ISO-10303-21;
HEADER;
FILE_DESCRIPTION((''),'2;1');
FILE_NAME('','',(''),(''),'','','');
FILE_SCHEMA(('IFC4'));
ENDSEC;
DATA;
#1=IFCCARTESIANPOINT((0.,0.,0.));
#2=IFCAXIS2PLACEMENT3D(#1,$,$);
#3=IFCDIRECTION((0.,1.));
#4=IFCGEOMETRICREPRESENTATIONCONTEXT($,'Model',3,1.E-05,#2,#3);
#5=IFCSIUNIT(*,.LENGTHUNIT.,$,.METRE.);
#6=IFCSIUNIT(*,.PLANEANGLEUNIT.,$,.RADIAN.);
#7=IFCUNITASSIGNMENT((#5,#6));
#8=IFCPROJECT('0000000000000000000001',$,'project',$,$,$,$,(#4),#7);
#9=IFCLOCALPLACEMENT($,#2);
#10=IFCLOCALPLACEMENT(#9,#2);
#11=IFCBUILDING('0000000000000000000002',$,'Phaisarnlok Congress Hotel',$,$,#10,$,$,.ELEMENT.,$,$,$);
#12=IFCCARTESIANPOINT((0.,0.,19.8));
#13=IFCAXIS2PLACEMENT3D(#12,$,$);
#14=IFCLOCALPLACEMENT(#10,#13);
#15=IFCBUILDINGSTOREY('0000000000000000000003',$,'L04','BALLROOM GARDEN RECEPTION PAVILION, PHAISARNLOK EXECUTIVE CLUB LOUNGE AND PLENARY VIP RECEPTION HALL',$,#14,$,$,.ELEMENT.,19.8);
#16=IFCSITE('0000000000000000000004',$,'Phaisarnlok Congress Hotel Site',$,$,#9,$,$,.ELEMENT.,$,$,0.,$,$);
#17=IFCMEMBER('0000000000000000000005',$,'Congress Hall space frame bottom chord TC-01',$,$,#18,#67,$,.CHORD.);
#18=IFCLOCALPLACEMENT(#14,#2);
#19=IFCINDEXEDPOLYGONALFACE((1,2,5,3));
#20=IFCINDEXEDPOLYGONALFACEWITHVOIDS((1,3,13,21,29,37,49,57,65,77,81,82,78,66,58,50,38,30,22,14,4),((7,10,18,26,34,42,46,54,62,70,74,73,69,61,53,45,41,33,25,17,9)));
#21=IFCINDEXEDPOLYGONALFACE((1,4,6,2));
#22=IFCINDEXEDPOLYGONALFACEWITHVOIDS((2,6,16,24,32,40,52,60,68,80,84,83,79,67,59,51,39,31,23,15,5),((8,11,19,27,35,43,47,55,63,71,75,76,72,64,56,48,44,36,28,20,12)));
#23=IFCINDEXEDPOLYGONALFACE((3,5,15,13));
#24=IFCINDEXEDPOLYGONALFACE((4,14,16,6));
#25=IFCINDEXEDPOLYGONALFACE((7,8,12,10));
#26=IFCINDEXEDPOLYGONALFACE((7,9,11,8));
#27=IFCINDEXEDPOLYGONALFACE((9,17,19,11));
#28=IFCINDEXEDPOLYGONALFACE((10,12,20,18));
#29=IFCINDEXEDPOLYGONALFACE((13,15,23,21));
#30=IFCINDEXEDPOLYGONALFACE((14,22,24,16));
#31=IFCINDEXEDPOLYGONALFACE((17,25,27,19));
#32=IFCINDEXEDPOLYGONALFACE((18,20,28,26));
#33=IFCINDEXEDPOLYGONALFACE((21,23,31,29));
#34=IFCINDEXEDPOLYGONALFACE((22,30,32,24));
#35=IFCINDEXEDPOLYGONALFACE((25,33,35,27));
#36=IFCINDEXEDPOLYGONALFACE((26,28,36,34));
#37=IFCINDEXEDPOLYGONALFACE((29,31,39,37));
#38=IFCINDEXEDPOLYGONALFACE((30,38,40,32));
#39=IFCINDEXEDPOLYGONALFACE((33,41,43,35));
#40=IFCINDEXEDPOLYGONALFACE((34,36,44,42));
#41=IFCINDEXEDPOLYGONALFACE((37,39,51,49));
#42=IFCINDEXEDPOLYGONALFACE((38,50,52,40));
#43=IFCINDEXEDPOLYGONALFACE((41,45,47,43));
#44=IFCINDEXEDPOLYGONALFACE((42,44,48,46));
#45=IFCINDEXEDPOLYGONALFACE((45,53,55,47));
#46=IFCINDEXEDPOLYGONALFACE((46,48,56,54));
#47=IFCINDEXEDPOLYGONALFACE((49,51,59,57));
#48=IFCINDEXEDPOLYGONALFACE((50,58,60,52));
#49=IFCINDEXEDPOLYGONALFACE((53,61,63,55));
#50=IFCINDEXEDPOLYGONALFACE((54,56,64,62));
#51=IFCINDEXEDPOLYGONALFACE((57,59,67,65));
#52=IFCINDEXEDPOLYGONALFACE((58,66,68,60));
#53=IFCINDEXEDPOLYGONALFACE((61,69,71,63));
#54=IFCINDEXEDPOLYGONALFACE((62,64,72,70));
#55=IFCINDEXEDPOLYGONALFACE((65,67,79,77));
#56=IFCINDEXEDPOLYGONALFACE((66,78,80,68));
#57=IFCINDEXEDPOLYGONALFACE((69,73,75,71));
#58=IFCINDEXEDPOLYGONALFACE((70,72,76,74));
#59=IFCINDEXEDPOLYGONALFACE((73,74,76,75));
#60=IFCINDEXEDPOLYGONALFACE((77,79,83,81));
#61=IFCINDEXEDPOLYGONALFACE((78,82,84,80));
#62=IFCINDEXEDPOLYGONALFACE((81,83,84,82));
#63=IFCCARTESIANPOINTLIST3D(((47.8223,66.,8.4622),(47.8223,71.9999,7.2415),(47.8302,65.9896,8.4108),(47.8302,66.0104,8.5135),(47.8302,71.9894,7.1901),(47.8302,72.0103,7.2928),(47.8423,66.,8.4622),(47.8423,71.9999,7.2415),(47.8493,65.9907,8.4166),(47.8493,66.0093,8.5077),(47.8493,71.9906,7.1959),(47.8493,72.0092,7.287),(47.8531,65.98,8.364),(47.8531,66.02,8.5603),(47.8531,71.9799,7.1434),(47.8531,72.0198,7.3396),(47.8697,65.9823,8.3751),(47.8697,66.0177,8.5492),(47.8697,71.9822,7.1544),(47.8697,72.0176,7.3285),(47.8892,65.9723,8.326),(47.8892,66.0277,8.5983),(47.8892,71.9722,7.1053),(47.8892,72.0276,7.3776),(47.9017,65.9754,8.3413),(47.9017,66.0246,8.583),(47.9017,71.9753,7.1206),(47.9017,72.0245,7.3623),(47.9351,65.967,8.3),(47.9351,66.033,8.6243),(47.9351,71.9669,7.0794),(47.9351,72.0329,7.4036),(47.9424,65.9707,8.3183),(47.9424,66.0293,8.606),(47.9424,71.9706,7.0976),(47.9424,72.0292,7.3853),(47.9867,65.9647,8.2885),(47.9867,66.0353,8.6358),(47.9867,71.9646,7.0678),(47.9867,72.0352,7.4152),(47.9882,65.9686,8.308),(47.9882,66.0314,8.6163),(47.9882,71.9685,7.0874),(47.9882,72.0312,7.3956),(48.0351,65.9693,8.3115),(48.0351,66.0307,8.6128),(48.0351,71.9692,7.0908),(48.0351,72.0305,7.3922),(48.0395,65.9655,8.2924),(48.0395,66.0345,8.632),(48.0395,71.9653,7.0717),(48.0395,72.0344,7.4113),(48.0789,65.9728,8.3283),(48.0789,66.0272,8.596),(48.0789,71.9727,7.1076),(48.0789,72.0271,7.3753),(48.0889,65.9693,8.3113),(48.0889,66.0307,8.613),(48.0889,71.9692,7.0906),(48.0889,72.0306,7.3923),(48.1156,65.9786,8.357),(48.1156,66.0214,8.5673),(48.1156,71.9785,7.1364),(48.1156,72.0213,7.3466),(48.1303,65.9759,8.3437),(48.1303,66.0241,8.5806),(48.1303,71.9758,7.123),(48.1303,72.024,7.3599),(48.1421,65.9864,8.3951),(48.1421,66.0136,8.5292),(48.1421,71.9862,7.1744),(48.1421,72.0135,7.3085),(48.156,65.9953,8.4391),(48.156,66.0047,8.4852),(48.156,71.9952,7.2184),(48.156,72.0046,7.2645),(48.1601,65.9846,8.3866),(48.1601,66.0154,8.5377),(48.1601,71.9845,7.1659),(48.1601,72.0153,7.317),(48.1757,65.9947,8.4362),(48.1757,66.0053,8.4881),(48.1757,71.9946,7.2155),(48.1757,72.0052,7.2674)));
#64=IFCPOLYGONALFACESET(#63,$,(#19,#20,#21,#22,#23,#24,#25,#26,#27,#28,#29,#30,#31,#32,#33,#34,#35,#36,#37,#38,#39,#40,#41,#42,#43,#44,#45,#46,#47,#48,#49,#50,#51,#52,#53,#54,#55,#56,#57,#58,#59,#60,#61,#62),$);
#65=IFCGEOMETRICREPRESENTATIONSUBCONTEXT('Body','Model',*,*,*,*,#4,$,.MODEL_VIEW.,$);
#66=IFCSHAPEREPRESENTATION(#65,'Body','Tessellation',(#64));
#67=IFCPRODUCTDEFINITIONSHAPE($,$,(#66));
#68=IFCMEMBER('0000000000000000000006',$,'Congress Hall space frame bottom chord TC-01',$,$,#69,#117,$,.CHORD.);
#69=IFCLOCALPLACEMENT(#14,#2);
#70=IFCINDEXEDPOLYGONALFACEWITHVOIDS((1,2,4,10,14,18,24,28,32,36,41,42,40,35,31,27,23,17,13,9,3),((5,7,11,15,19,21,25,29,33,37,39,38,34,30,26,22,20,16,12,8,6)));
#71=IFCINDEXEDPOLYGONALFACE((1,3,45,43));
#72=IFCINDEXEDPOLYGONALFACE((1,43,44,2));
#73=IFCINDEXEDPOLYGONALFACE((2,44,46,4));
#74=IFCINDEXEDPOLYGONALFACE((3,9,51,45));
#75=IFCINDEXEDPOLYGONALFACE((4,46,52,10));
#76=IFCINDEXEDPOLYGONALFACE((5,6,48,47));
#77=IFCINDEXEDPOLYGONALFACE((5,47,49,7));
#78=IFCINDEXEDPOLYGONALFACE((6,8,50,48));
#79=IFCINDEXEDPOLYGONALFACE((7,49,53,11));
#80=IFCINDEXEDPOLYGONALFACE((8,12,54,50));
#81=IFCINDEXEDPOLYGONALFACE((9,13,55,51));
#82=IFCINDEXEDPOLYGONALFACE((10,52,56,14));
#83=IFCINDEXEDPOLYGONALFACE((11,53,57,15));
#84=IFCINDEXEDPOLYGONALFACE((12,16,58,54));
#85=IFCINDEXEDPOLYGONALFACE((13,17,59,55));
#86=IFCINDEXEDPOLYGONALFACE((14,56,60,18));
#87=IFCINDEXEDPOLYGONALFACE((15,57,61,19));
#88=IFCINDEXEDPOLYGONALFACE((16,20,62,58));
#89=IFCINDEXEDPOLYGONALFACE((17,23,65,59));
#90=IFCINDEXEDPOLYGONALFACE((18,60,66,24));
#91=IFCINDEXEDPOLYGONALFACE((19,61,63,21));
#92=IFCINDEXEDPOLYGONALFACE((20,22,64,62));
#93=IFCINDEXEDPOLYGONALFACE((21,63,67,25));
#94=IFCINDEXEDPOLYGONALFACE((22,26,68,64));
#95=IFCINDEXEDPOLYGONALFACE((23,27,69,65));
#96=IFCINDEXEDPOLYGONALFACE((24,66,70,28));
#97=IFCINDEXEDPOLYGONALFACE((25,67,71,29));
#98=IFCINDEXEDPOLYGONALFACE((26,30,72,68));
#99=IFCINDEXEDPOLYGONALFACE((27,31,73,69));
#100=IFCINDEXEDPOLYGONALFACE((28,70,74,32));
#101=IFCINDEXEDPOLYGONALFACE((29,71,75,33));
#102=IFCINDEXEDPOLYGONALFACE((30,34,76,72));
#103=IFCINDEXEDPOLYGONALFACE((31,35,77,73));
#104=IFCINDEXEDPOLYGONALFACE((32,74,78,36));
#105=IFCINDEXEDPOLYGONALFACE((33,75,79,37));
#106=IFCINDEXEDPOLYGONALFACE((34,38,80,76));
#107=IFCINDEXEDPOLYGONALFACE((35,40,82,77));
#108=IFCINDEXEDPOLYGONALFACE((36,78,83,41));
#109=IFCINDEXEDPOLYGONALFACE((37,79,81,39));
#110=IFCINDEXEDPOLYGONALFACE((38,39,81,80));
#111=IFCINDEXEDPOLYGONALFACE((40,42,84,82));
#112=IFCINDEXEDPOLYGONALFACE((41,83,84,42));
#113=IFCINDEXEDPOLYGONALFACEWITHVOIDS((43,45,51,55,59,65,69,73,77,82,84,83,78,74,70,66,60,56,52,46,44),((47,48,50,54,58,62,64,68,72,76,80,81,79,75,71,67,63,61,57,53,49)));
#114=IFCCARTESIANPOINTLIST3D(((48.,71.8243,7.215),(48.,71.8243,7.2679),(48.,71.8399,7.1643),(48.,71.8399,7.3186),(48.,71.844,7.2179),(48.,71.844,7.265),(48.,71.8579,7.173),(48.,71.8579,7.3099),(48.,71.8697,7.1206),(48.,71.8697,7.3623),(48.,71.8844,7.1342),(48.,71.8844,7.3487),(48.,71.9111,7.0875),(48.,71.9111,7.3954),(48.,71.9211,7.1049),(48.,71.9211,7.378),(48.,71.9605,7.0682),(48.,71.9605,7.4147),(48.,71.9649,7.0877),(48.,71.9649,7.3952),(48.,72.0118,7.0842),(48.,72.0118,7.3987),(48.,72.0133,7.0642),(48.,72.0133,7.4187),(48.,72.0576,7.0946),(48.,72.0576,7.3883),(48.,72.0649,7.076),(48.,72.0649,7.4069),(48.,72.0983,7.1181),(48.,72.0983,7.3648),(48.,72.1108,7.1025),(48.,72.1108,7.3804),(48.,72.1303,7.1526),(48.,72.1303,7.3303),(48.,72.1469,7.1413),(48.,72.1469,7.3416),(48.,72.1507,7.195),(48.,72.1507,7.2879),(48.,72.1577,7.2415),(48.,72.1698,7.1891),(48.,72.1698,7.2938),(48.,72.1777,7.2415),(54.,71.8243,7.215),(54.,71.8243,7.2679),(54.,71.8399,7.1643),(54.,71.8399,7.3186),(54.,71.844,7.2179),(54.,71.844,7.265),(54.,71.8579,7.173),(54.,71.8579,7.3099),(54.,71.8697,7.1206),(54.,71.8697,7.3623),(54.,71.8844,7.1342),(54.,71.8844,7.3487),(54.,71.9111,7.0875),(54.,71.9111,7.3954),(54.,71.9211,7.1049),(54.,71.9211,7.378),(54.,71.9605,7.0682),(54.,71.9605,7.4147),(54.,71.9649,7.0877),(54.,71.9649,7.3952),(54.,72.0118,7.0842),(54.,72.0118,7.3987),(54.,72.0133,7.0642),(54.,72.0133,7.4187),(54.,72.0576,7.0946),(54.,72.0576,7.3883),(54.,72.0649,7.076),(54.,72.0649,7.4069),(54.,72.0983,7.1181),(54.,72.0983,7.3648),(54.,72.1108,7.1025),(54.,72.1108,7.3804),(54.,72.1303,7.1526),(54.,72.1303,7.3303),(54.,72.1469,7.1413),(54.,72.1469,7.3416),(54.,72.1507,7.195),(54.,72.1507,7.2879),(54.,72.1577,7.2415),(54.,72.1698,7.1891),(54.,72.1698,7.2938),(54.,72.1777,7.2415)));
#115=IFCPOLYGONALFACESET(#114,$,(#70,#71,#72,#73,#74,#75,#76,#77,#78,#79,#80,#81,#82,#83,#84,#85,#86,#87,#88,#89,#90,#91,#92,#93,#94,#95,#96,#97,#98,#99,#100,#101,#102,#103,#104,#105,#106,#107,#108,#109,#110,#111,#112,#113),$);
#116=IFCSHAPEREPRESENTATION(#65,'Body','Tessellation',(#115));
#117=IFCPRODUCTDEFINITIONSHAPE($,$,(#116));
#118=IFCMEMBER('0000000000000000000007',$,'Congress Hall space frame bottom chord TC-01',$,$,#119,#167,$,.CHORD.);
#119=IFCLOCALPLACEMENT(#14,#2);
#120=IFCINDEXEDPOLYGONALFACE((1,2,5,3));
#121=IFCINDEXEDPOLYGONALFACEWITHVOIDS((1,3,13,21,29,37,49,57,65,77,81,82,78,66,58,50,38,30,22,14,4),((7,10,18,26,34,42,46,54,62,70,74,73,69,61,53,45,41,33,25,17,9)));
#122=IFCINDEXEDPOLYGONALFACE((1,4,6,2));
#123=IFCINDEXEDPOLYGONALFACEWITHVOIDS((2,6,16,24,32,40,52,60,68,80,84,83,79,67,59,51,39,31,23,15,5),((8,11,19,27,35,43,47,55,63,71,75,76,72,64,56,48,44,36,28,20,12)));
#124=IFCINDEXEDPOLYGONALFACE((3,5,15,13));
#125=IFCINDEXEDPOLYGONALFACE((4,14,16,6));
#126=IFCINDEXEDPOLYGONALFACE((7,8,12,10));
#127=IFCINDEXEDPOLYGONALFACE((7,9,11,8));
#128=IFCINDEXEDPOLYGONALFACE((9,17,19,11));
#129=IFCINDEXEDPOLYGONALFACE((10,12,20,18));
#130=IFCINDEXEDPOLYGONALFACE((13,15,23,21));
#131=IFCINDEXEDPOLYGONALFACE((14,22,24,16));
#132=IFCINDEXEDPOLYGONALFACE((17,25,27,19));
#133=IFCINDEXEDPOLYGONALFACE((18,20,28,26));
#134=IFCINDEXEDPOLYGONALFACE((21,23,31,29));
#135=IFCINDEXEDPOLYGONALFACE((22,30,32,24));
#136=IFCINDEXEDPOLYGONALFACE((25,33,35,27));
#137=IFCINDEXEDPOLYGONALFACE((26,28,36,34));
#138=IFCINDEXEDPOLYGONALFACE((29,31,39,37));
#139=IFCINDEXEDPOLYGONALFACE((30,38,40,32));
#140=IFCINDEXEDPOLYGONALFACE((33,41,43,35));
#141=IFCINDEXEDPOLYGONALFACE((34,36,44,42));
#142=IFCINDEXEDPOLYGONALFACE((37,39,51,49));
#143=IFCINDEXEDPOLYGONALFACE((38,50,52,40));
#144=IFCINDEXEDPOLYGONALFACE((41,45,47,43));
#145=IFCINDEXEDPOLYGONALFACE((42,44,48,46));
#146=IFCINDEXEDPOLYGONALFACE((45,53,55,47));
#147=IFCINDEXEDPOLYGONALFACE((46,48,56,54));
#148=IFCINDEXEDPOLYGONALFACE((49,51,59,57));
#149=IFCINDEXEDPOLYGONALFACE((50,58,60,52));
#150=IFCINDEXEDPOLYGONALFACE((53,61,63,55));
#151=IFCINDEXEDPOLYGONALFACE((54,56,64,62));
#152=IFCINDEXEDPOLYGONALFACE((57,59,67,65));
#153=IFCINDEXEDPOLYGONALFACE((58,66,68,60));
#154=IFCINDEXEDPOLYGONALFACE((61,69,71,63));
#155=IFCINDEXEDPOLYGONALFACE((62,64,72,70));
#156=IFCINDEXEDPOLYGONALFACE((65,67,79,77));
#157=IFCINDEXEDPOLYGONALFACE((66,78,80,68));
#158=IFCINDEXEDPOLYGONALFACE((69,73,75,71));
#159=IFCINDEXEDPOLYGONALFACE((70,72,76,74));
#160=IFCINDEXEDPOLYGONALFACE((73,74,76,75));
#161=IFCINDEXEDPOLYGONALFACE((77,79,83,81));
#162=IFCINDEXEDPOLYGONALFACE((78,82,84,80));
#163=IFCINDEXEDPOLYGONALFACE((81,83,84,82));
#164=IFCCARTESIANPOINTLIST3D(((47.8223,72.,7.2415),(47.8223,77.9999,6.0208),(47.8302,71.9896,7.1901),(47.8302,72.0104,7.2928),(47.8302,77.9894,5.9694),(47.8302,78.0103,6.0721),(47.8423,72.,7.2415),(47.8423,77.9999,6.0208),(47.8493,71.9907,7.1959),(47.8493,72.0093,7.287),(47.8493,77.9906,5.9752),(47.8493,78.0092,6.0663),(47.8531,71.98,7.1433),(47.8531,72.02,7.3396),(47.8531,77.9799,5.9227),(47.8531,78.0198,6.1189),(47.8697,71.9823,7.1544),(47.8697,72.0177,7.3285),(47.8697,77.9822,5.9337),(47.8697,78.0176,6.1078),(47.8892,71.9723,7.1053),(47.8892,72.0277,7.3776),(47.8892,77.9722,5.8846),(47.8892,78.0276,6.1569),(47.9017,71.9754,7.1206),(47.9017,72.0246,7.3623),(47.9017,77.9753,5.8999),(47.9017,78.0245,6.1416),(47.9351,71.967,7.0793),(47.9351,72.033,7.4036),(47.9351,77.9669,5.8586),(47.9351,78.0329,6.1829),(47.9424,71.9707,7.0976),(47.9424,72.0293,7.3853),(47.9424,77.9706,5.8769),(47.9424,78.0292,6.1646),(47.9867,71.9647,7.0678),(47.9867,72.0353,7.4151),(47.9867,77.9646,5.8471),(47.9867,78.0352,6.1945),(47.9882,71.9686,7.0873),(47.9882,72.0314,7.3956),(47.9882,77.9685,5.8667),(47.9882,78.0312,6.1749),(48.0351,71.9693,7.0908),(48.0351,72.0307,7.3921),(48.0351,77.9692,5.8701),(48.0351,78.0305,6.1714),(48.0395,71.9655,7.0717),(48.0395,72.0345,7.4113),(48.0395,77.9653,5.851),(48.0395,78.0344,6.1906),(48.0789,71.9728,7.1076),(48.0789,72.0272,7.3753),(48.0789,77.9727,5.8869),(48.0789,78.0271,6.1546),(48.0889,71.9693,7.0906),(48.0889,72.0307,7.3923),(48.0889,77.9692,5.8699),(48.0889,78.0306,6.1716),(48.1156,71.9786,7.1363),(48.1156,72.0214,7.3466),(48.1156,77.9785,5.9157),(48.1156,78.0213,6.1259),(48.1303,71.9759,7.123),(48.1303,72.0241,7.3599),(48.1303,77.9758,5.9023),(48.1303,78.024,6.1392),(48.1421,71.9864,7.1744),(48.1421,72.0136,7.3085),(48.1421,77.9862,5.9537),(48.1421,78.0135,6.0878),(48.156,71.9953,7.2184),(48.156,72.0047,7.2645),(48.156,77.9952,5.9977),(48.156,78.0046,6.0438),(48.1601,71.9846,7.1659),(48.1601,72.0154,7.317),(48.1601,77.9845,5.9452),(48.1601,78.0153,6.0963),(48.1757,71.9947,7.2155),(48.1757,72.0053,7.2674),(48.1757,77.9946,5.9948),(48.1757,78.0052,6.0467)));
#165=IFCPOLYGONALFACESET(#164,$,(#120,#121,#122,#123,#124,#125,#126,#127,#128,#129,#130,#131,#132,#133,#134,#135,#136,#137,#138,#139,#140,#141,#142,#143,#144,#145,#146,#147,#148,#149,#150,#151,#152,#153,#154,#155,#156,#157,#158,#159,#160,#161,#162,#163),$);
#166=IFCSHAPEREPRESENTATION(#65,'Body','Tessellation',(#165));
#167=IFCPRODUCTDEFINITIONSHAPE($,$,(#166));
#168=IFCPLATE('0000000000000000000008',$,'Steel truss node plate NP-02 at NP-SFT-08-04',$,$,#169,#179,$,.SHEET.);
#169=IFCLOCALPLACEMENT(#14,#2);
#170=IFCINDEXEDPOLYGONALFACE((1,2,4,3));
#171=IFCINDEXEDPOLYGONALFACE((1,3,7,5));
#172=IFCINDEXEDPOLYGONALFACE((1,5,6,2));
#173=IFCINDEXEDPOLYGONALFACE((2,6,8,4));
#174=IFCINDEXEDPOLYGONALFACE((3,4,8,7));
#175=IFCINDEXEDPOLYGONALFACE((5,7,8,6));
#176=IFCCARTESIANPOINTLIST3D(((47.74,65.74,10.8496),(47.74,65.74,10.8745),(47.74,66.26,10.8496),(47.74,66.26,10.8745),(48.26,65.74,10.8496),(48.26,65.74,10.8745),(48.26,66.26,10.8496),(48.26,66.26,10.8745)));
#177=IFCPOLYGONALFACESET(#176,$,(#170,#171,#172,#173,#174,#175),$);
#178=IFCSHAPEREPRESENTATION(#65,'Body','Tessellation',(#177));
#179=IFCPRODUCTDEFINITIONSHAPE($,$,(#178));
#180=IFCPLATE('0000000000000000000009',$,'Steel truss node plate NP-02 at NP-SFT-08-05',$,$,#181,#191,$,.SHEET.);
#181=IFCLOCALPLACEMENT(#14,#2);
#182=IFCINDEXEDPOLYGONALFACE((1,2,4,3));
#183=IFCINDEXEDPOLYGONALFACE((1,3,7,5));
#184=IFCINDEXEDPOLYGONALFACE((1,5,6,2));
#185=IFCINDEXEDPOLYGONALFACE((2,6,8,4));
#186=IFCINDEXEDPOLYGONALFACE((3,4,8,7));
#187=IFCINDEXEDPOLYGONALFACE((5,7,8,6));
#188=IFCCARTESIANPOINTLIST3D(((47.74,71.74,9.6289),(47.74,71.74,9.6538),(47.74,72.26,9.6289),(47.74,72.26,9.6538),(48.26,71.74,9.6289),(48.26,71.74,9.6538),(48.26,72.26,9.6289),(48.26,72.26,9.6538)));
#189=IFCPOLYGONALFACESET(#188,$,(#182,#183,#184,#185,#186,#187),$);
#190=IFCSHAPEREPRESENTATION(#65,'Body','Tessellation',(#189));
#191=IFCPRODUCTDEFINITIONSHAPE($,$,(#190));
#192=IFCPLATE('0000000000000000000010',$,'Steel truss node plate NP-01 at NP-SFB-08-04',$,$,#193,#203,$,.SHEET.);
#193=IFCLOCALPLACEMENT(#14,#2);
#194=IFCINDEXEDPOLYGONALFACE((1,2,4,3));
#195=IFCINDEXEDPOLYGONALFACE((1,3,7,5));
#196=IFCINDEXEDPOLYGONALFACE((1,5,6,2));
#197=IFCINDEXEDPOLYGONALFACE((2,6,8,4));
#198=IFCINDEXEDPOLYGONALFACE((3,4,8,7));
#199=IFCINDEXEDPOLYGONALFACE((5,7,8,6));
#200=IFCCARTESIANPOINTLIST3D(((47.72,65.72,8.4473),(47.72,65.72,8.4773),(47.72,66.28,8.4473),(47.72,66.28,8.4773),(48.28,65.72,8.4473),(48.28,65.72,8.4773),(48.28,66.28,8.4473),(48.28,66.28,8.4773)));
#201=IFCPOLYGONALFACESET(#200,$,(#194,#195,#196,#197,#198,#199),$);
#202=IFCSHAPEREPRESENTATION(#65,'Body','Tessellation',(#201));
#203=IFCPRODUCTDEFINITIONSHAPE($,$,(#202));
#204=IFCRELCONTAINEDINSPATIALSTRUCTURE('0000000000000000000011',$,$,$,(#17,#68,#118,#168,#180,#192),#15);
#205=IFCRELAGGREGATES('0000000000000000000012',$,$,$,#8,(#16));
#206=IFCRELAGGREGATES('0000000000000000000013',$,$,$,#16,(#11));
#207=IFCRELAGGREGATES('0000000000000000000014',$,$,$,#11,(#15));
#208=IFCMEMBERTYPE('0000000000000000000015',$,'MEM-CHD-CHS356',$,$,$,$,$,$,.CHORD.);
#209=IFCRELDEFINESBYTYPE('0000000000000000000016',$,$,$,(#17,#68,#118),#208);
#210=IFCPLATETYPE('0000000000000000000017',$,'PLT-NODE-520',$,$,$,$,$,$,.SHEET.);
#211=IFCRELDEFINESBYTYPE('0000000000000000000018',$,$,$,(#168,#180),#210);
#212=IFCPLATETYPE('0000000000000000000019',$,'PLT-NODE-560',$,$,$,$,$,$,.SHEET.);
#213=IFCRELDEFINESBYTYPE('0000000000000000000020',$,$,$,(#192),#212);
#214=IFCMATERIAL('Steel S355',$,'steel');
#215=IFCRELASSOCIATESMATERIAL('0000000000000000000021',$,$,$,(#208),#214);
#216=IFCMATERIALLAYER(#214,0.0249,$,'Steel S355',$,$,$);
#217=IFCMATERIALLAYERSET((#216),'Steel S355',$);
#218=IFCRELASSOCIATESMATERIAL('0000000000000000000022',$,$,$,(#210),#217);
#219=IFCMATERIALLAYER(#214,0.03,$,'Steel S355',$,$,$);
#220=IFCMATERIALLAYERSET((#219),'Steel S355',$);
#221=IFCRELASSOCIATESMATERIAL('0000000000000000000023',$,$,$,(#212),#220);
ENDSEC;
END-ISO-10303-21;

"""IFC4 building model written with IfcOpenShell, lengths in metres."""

from ifc_helpers import new_model, si_unit, direction, frame, origin, origin_2d, place, context, subcontext, project, spatial, rectangle, hollow_circle, extrude, material, layer, layer_set, material_profile, profile_set, type_object, element, save


model = new_model("IFC4")

# Units and contexts
model_context = context("Model", 3, precision=1e-05, world=origin(), true_north=direction((0.0, 1.0)))
body_context = subcontext(model_context, "Body", "Model", "MODEL_VIEW")
ifc_project = project(units=[si_unit("LENGTHUNIT", "METRE"), si_unit("PLANEANGLEUNIT", "RADIAN")], contexts=[model_context])

# Site, building, storey
site_placement = place(None, origin())
site = spatial("IfcSite", under=ifc_project, at=site_placement, Name="Phaisarnlok Congress Hotel Site", CompositionType="ELEMENT", RefElevation=0.0)
building_placement = place(site_placement, origin())
building = spatial("IfcBuilding", under=site, at=building_placement, Name="Phaisarnlok Congress Hotel", CompositionType="ELEMENT")
storey_placement = place(building_placement, frame((0.0, 0.0, 19.8)))
storey = spatial("IfcBuildingStorey", under=building, at=storey_placement, Name="L04", Description="BALLROOM GARDEN RECEPTION PAVILION, PHAISARNLOK EXECUTIVE CLUB LOUNGE AND PLENARY VIP RECEPTION HALL", CompositionType="ELEMENT", Elevation=19.8)

# Members
ifc_material = material(Name="Steel S355", Category="steel")
ifc_material_profile_1 = material_profile(ifc_material, hollow_circle(Radius=0.1777, WallThickness=0.02, at=origin_2d()), Name="CHS 355.6x20")
ifc_profile_set_1 = profile_set([ifc_material_profile_1], Name="Steel S355")
member_type_1 = type_object("IfcMemberType", Name="MEM-CHD-CHS356", PredefinedType="CHORD", material=ifc_profile_set_1)
member_1_placement = place(storey_placement, frame((48.0, 66.0, 8.4622), z_axis=(0.0, 0.979925, -0.199366), x_axis=(-1.0, 0.0, 0.0)))
element("IfcMember", 1, at=member_1_placement, inside=storey, type_object=member_type_1, Name="Congress Hall space frame bottom chord TC-01", PredefinedType="CHORD", context=body_context, shape_type="SweptSolid", body=[
    extrude(hollow_circle(Radius=0.1777, WallThickness=0.02, at=origin_2d()), origin(), (0.0, 0.0, 1.0), 6.1228),
])
member_2_placement = place(storey_placement, frame((48.0, 72.0, 7.2415), z_axis=(1.0, 0.0, 0.0), x_axis=(0.0, 1.0, 0.0)))
element("IfcMember", 2, at=member_2_placement, inside=storey, type_object=member_type_1, Name="Congress Hall space frame bottom chord TC-01", PredefinedType="CHORD", context=body_context, shape_type="SweptSolid", body=[
    extrude(hollow_circle(Radius=0.1777, WallThickness=0.02, at=origin_2d()), origin(), (0.0, 0.0, 1.0), 6.0),
])
member_3_placement = place(storey_placement, frame((48.0, 72.0, 7.2415), z_axis=(0.0, 0.979925, -0.199366), x_axis=(-1.0, 0.0, 0.0)))
element("IfcMember", 3, at=member_3_placement, inside=storey, type_object=member_type_1, Name="Congress Hall space frame bottom chord TC-01", PredefinedType="CHORD", context=body_context, shape_type="SweptSolid", body=[
    extrude(hollow_circle(Radius=0.1777, WallThickness=0.02, at=origin_2d()), origin(), (0.0, 0.0, 1.0), 6.1228),
])

# Plates
ifc_layer_1 = layer(ifc_material, 0.0249, Name="Steel S355")
ifc_layer_set_1 = layer_set([ifc_layer_1], Name="Steel S355")
plate_type_1 = type_object("IfcPlateType", Name="PLT-NODE-520", PredefinedType="SHEET", material=ifc_layer_set_1)
for number, where, z_axis, x_axis, name in (
    (4, (48.0, 66.0, 10.8496), (0.0, 0.0, 1.0), (1.0, 0.0, 0.0), "Steel truss node plate NP-02 at NP-SFT-08-04"),
    (5, (48.0, 72.0, 9.6289), (0.0, 0.0, 1.0), (1.0, 0.0, 0.0), "Steel truss node plate NP-02 at NP-SFT-08-05"),
):
    element("IfcPlate", number, at=place(storey_placement, frame(where, z_axis=z_axis, x_axis=x_axis)), inside=storey, type_object=plate_type_1, Name=name, PredefinedType="SHEET", context=body_context, shape_type="SweptSolid", body=[
        extrude(rectangle(XDim=0.52, YDim=0.52, at=origin_2d()), origin(), (0.0, 0.0, 1.0), 0.0249),
    ])
ifc_layer_2 = layer(ifc_material, 0.03, Name="Steel S355")
ifc_layer_set_2 = layer_set([ifc_layer_2], Name="Steel S355")
plate_type_2 = type_object("IfcPlateType", Name="PLT-NODE-560", PredefinedType="SHEET", material=ifc_layer_set_2)
for number, where, z_axis, x_axis, name in (
    (6, (48.0, 66.0, 8.4473), (0.0, 0.0, 1.0), (1.0, 0.0, 0.0), "Steel truss node plate NP-01 at NP-SFB-08-04"),
):
    element("IfcPlate", number, at=place(storey_placement, frame(where, z_axis=z_axis, x_axis=x_axis)), inside=storey, type_object=plate_type_2, Name=name, PredefinedType="SHEET", context=body_context, shape_type="SweptSolid", body=[
        extrude(rectangle(XDim=0.5601, YDim=0.5601, at=origin_2d()), origin(), (0.0, 0.0, 1.0), 0.03),
    ])

save(model, "model.ifc")
